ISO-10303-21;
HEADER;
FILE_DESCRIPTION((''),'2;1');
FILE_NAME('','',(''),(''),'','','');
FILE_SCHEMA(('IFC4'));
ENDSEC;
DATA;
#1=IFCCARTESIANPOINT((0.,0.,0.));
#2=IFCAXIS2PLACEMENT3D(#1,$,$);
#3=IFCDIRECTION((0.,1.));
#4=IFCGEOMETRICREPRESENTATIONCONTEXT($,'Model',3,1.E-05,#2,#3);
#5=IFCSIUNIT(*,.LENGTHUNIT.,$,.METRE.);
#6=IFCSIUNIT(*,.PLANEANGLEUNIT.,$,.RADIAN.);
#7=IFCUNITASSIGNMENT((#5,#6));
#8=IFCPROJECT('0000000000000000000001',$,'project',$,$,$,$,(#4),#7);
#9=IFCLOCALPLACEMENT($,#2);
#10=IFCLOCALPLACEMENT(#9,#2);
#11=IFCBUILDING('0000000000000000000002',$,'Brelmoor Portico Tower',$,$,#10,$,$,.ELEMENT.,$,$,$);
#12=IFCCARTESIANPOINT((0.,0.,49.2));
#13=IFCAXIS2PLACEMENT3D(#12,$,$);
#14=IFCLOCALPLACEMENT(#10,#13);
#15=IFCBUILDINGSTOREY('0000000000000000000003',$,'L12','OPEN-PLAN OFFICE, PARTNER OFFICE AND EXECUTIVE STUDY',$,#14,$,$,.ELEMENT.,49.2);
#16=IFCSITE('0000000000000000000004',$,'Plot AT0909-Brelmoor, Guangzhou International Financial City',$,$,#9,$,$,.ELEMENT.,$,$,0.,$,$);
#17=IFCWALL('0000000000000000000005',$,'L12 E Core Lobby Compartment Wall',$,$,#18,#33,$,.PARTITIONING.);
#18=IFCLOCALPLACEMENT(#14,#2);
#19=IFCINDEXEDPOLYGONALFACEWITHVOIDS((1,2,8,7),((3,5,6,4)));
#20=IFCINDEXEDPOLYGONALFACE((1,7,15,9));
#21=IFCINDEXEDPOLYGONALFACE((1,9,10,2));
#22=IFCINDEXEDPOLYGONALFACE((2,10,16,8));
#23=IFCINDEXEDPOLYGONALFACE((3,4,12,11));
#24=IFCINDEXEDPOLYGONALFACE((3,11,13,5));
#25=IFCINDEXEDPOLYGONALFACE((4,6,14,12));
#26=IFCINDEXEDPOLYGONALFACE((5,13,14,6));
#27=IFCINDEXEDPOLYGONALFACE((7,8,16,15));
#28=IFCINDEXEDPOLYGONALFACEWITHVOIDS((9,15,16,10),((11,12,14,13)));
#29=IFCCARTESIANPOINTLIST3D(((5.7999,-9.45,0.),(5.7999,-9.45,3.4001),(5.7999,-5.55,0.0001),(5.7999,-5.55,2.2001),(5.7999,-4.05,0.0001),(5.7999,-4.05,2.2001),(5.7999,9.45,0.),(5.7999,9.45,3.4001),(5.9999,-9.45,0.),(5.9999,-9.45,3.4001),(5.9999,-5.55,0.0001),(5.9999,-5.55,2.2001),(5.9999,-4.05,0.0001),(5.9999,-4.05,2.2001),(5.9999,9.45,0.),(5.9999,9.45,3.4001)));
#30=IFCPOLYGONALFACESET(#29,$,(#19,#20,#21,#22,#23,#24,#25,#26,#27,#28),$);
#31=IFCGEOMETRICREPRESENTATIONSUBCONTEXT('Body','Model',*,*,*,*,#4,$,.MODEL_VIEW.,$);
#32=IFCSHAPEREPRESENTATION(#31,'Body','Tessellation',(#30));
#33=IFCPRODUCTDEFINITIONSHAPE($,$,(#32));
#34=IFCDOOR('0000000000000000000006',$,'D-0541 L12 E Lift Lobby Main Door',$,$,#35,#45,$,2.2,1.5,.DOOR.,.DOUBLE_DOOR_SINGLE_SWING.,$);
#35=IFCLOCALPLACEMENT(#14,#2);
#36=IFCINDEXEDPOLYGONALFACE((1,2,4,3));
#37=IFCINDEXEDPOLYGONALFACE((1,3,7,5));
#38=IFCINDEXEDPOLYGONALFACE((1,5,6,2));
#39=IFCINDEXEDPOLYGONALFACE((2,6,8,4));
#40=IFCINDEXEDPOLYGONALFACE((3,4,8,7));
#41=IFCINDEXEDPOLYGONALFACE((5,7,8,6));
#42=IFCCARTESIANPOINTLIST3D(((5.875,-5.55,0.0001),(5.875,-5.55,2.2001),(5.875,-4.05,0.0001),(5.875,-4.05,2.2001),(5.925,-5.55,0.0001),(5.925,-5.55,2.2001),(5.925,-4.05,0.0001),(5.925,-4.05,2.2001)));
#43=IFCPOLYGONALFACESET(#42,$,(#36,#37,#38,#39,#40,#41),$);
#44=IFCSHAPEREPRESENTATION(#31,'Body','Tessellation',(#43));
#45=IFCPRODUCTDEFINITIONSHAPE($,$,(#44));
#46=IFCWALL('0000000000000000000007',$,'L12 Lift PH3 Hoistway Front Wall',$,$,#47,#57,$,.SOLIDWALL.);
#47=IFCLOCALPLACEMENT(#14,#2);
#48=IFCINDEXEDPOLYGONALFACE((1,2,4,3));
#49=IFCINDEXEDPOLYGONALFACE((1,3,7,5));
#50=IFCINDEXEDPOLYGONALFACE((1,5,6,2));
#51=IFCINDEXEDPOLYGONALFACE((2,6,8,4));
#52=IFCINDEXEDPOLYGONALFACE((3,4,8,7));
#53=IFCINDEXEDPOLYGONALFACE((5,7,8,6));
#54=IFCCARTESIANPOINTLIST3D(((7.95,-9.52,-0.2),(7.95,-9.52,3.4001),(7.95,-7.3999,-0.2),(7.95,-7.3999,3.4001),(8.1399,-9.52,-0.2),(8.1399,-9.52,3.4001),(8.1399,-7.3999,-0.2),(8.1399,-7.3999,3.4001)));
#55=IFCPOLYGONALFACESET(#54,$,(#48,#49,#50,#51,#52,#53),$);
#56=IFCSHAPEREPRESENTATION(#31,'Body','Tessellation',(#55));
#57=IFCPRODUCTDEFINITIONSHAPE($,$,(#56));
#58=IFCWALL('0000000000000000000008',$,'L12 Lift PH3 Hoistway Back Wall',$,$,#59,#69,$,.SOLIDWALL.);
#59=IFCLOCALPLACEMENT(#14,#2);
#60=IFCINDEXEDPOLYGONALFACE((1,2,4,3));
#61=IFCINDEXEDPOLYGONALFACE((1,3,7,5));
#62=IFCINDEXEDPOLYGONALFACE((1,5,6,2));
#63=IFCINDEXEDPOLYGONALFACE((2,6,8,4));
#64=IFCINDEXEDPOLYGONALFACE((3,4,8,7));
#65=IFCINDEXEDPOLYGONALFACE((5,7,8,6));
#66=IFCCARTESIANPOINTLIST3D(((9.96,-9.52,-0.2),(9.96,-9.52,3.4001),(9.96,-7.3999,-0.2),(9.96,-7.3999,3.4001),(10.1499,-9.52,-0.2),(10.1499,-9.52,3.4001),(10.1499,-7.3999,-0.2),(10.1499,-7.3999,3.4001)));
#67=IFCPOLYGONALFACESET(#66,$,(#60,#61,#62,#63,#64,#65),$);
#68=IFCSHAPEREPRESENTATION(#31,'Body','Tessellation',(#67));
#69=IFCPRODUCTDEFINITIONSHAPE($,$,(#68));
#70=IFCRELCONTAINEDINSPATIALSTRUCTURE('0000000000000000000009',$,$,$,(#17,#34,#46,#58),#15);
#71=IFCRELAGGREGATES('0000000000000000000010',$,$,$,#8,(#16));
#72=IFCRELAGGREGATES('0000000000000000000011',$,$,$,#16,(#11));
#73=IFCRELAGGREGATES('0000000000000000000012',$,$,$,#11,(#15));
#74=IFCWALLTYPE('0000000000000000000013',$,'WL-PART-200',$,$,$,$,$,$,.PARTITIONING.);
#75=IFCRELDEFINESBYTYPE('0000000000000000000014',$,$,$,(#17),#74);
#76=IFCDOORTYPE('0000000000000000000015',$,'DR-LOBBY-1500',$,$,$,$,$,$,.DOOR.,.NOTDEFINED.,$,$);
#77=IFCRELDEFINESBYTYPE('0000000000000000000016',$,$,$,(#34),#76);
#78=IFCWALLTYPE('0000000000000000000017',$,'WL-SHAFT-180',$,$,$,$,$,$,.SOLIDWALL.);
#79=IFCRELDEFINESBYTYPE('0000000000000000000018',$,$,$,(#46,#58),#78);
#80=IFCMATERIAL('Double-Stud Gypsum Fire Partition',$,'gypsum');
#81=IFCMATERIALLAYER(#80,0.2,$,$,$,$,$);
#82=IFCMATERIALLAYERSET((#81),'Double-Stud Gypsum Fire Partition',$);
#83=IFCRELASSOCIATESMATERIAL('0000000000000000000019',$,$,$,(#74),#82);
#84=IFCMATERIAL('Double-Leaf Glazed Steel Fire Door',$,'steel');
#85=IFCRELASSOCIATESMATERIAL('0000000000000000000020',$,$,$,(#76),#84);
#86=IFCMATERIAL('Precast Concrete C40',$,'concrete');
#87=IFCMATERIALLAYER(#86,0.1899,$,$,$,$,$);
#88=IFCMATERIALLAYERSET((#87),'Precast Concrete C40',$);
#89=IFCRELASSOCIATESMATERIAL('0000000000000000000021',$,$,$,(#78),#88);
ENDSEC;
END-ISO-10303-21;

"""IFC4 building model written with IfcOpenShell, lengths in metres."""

from ifc_helpers import new_model, si_unit, direction, frame, frame_2d, origin, place, context, subcontext, project, spatial, rectangle, extrude, material, layer, layer_set, type_object, element, fill, save


model = new_model("IFC4")

# Units and contexts
model_context = context("Model", 3, precision=1e-05, world=origin(), true_north=direction((0.0, 1.0)))
body_context = subcontext(model_context, "Body", "Model", "MODEL_VIEW")
ifc_project = project(units=[si_unit("LENGTHUNIT", "METRE"), si_unit("PLANEANGLEUNIT", "RADIAN")], contexts=[model_context])

# Site, building, storey
site_placement = place(None, origin())
site = spatial("IfcSite", under=ifc_project, at=site_placement, Name="Plot AT0909-Brelmoor, Guangzhou International Financial City", CompositionType="ELEMENT", RefElevation=0.0)
building_placement = place(site_placement, origin())
building = spatial("IfcBuilding", under=site, at=building_placement, Name="Brelmoor Portico Tower", CompositionType="ELEMENT")
storey_placement = place(building_placement, frame((0.0, 0.0, 49.2)))
storey = spatial("IfcBuildingStorey", under=building, at=storey_placement, Name="L12", Description="OPEN-PLAN OFFICE, PARTNER OFFICE AND EXECUTIVE STUDY", CompositionType="ELEMENT", Elevation=49.2)

# Wall, opening, door
ifc_material_1 = material(Name="Double-Stud Gypsum Fire Partition", Category="gypsum")
ifc_layer_1 = layer(ifc_material_1, 0.2)
ifc_layer_set_1 = layer_set([ifc_layer_1], Name="Double-Stud Gypsum Fire Partition")
wall_type_1 = type_object("IfcWallType", Name="WL-PART-200", PredefinedType="PARTITIONING", material=ifc_layer_set_1)
wall_1_placement = place(storey_placement, frame((5.8999, -9.45, 0.0), z_axis=(0.0, 0.0, 1.0), x_axis=(0.0, 1.0, 0.0)))
wall_1 = element("IfcWall", 1, at=wall_1_placement, inside=storey, type_object=wall_type_1, Name="L12 E Core Lobby Compartment Wall", PredefinedType="PARTITIONING", context=body_context, shape_type="SweptSolid", body=[
    extrude(rectangle(XDim=18.8999, YDim=0.2, at=frame_2d((9.45, 0.0))), origin(), (0.0, 0.0, 1.0), 3.4001),
])
opening_1_placement = place(wall_1_placement, frame((3.8999, 0.0, 0.0)))
opening_1 = element("IfcOpeningElement", 2, at=opening_1_placement, cuts=wall_1, PredefinedType="OPENING", context=body_context, shape_type="SweptSolid", body=[
    extrude(rectangle(XDim=1.5, YDim=2.2, at=frame_2d((0.75, 1.1001))), frame((0.0, 0.1099, 0.0), z_axis=(0.0, -1.0, 0.0), x_axis=(1.0, 0.0, 0.0)), (0.0, 0.0, 1.0), 0.22),
])
ifc_material_2 = material(Name="Double-Leaf Glazed Steel Fire Door", Category="steel")
door_type_1 = type_object("IfcDoorType", Name="DR-LOBBY-1500", OperationType="NOTDEFINED", PredefinedType="DOOR", material=ifc_material_2)
door_1_placement = place(opening_1_placement, origin())
door_1 = element("IfcDoor", 3, at=door_1_placement, inside=storey, type_object=door_type_1, Name="D-0541 L12 E Lift Lobby Main Door", OperationType="DOUBLE_DOOR_SINGLE_SWING", OverallHeight=2.2, OverallWidth=1.5, PredefinedType="DOOR", context=body_context, shape_type="SweptSolid", body=[
    extrude(rectangle(XDim=1.5, YDim=2.2, at=frame_2d((0.75, 1.1001))), frame((0.0, 0.0249, 0.0), z_axis=(0.0, -1.0, 0.0), x_axis=(1.0, 0.0, 0.0)), (0.0, 0.0, 1.0), 0.05),
])
fill(opening_1, door_1)

# Walls
ifc_material_3 = material(Name="Precast Concrete C40", Category="concrete")
ifc_layer_2 = layer(ifc_material_3, 0.1899)
ifc_layer_set_2 = layer_set([ifc_layer_2], Name="Precast Concrete C40")
wall_type_2 = type_object("IfcWallType", Name="WL-SHAFT-180", PredefinedType="SOLIDWALL", material=ifc_layer_set_2)
for number, where, z_axis, x_axis, name in (
    (4, (8.0449, -9.52, -0.2), (0.0, 0.0, 1.0), (0.0, 1.0, 0.0), "L12 Lift PH3 Hoistway Front Wall"),
    (5, (10.0549, -9.52, -0.2), (0.0, 0.0, 1.0), (0.0, 1.0, 0.0), "L12 Lift PH3 Hoistway Back Wall"),
):
    element("IfcWall", number, at=place(storey_placement, frame(where, z_axis=z_axis, x_axis=x_axis)), inside=storey, type_object=wall_type_2, Name=name, PredefinedType="SOLIDWALL", context=body_context, shape_type="SweptSolid", body=[
        extrude(rectangle(XDim=2.1201, YDim=0.1899, at=frame_2d((1.0601, 0.0))), origin(), (0.0, 0.0, 1.0), 3.6001),
    ])

save(model, "model.ifc")
